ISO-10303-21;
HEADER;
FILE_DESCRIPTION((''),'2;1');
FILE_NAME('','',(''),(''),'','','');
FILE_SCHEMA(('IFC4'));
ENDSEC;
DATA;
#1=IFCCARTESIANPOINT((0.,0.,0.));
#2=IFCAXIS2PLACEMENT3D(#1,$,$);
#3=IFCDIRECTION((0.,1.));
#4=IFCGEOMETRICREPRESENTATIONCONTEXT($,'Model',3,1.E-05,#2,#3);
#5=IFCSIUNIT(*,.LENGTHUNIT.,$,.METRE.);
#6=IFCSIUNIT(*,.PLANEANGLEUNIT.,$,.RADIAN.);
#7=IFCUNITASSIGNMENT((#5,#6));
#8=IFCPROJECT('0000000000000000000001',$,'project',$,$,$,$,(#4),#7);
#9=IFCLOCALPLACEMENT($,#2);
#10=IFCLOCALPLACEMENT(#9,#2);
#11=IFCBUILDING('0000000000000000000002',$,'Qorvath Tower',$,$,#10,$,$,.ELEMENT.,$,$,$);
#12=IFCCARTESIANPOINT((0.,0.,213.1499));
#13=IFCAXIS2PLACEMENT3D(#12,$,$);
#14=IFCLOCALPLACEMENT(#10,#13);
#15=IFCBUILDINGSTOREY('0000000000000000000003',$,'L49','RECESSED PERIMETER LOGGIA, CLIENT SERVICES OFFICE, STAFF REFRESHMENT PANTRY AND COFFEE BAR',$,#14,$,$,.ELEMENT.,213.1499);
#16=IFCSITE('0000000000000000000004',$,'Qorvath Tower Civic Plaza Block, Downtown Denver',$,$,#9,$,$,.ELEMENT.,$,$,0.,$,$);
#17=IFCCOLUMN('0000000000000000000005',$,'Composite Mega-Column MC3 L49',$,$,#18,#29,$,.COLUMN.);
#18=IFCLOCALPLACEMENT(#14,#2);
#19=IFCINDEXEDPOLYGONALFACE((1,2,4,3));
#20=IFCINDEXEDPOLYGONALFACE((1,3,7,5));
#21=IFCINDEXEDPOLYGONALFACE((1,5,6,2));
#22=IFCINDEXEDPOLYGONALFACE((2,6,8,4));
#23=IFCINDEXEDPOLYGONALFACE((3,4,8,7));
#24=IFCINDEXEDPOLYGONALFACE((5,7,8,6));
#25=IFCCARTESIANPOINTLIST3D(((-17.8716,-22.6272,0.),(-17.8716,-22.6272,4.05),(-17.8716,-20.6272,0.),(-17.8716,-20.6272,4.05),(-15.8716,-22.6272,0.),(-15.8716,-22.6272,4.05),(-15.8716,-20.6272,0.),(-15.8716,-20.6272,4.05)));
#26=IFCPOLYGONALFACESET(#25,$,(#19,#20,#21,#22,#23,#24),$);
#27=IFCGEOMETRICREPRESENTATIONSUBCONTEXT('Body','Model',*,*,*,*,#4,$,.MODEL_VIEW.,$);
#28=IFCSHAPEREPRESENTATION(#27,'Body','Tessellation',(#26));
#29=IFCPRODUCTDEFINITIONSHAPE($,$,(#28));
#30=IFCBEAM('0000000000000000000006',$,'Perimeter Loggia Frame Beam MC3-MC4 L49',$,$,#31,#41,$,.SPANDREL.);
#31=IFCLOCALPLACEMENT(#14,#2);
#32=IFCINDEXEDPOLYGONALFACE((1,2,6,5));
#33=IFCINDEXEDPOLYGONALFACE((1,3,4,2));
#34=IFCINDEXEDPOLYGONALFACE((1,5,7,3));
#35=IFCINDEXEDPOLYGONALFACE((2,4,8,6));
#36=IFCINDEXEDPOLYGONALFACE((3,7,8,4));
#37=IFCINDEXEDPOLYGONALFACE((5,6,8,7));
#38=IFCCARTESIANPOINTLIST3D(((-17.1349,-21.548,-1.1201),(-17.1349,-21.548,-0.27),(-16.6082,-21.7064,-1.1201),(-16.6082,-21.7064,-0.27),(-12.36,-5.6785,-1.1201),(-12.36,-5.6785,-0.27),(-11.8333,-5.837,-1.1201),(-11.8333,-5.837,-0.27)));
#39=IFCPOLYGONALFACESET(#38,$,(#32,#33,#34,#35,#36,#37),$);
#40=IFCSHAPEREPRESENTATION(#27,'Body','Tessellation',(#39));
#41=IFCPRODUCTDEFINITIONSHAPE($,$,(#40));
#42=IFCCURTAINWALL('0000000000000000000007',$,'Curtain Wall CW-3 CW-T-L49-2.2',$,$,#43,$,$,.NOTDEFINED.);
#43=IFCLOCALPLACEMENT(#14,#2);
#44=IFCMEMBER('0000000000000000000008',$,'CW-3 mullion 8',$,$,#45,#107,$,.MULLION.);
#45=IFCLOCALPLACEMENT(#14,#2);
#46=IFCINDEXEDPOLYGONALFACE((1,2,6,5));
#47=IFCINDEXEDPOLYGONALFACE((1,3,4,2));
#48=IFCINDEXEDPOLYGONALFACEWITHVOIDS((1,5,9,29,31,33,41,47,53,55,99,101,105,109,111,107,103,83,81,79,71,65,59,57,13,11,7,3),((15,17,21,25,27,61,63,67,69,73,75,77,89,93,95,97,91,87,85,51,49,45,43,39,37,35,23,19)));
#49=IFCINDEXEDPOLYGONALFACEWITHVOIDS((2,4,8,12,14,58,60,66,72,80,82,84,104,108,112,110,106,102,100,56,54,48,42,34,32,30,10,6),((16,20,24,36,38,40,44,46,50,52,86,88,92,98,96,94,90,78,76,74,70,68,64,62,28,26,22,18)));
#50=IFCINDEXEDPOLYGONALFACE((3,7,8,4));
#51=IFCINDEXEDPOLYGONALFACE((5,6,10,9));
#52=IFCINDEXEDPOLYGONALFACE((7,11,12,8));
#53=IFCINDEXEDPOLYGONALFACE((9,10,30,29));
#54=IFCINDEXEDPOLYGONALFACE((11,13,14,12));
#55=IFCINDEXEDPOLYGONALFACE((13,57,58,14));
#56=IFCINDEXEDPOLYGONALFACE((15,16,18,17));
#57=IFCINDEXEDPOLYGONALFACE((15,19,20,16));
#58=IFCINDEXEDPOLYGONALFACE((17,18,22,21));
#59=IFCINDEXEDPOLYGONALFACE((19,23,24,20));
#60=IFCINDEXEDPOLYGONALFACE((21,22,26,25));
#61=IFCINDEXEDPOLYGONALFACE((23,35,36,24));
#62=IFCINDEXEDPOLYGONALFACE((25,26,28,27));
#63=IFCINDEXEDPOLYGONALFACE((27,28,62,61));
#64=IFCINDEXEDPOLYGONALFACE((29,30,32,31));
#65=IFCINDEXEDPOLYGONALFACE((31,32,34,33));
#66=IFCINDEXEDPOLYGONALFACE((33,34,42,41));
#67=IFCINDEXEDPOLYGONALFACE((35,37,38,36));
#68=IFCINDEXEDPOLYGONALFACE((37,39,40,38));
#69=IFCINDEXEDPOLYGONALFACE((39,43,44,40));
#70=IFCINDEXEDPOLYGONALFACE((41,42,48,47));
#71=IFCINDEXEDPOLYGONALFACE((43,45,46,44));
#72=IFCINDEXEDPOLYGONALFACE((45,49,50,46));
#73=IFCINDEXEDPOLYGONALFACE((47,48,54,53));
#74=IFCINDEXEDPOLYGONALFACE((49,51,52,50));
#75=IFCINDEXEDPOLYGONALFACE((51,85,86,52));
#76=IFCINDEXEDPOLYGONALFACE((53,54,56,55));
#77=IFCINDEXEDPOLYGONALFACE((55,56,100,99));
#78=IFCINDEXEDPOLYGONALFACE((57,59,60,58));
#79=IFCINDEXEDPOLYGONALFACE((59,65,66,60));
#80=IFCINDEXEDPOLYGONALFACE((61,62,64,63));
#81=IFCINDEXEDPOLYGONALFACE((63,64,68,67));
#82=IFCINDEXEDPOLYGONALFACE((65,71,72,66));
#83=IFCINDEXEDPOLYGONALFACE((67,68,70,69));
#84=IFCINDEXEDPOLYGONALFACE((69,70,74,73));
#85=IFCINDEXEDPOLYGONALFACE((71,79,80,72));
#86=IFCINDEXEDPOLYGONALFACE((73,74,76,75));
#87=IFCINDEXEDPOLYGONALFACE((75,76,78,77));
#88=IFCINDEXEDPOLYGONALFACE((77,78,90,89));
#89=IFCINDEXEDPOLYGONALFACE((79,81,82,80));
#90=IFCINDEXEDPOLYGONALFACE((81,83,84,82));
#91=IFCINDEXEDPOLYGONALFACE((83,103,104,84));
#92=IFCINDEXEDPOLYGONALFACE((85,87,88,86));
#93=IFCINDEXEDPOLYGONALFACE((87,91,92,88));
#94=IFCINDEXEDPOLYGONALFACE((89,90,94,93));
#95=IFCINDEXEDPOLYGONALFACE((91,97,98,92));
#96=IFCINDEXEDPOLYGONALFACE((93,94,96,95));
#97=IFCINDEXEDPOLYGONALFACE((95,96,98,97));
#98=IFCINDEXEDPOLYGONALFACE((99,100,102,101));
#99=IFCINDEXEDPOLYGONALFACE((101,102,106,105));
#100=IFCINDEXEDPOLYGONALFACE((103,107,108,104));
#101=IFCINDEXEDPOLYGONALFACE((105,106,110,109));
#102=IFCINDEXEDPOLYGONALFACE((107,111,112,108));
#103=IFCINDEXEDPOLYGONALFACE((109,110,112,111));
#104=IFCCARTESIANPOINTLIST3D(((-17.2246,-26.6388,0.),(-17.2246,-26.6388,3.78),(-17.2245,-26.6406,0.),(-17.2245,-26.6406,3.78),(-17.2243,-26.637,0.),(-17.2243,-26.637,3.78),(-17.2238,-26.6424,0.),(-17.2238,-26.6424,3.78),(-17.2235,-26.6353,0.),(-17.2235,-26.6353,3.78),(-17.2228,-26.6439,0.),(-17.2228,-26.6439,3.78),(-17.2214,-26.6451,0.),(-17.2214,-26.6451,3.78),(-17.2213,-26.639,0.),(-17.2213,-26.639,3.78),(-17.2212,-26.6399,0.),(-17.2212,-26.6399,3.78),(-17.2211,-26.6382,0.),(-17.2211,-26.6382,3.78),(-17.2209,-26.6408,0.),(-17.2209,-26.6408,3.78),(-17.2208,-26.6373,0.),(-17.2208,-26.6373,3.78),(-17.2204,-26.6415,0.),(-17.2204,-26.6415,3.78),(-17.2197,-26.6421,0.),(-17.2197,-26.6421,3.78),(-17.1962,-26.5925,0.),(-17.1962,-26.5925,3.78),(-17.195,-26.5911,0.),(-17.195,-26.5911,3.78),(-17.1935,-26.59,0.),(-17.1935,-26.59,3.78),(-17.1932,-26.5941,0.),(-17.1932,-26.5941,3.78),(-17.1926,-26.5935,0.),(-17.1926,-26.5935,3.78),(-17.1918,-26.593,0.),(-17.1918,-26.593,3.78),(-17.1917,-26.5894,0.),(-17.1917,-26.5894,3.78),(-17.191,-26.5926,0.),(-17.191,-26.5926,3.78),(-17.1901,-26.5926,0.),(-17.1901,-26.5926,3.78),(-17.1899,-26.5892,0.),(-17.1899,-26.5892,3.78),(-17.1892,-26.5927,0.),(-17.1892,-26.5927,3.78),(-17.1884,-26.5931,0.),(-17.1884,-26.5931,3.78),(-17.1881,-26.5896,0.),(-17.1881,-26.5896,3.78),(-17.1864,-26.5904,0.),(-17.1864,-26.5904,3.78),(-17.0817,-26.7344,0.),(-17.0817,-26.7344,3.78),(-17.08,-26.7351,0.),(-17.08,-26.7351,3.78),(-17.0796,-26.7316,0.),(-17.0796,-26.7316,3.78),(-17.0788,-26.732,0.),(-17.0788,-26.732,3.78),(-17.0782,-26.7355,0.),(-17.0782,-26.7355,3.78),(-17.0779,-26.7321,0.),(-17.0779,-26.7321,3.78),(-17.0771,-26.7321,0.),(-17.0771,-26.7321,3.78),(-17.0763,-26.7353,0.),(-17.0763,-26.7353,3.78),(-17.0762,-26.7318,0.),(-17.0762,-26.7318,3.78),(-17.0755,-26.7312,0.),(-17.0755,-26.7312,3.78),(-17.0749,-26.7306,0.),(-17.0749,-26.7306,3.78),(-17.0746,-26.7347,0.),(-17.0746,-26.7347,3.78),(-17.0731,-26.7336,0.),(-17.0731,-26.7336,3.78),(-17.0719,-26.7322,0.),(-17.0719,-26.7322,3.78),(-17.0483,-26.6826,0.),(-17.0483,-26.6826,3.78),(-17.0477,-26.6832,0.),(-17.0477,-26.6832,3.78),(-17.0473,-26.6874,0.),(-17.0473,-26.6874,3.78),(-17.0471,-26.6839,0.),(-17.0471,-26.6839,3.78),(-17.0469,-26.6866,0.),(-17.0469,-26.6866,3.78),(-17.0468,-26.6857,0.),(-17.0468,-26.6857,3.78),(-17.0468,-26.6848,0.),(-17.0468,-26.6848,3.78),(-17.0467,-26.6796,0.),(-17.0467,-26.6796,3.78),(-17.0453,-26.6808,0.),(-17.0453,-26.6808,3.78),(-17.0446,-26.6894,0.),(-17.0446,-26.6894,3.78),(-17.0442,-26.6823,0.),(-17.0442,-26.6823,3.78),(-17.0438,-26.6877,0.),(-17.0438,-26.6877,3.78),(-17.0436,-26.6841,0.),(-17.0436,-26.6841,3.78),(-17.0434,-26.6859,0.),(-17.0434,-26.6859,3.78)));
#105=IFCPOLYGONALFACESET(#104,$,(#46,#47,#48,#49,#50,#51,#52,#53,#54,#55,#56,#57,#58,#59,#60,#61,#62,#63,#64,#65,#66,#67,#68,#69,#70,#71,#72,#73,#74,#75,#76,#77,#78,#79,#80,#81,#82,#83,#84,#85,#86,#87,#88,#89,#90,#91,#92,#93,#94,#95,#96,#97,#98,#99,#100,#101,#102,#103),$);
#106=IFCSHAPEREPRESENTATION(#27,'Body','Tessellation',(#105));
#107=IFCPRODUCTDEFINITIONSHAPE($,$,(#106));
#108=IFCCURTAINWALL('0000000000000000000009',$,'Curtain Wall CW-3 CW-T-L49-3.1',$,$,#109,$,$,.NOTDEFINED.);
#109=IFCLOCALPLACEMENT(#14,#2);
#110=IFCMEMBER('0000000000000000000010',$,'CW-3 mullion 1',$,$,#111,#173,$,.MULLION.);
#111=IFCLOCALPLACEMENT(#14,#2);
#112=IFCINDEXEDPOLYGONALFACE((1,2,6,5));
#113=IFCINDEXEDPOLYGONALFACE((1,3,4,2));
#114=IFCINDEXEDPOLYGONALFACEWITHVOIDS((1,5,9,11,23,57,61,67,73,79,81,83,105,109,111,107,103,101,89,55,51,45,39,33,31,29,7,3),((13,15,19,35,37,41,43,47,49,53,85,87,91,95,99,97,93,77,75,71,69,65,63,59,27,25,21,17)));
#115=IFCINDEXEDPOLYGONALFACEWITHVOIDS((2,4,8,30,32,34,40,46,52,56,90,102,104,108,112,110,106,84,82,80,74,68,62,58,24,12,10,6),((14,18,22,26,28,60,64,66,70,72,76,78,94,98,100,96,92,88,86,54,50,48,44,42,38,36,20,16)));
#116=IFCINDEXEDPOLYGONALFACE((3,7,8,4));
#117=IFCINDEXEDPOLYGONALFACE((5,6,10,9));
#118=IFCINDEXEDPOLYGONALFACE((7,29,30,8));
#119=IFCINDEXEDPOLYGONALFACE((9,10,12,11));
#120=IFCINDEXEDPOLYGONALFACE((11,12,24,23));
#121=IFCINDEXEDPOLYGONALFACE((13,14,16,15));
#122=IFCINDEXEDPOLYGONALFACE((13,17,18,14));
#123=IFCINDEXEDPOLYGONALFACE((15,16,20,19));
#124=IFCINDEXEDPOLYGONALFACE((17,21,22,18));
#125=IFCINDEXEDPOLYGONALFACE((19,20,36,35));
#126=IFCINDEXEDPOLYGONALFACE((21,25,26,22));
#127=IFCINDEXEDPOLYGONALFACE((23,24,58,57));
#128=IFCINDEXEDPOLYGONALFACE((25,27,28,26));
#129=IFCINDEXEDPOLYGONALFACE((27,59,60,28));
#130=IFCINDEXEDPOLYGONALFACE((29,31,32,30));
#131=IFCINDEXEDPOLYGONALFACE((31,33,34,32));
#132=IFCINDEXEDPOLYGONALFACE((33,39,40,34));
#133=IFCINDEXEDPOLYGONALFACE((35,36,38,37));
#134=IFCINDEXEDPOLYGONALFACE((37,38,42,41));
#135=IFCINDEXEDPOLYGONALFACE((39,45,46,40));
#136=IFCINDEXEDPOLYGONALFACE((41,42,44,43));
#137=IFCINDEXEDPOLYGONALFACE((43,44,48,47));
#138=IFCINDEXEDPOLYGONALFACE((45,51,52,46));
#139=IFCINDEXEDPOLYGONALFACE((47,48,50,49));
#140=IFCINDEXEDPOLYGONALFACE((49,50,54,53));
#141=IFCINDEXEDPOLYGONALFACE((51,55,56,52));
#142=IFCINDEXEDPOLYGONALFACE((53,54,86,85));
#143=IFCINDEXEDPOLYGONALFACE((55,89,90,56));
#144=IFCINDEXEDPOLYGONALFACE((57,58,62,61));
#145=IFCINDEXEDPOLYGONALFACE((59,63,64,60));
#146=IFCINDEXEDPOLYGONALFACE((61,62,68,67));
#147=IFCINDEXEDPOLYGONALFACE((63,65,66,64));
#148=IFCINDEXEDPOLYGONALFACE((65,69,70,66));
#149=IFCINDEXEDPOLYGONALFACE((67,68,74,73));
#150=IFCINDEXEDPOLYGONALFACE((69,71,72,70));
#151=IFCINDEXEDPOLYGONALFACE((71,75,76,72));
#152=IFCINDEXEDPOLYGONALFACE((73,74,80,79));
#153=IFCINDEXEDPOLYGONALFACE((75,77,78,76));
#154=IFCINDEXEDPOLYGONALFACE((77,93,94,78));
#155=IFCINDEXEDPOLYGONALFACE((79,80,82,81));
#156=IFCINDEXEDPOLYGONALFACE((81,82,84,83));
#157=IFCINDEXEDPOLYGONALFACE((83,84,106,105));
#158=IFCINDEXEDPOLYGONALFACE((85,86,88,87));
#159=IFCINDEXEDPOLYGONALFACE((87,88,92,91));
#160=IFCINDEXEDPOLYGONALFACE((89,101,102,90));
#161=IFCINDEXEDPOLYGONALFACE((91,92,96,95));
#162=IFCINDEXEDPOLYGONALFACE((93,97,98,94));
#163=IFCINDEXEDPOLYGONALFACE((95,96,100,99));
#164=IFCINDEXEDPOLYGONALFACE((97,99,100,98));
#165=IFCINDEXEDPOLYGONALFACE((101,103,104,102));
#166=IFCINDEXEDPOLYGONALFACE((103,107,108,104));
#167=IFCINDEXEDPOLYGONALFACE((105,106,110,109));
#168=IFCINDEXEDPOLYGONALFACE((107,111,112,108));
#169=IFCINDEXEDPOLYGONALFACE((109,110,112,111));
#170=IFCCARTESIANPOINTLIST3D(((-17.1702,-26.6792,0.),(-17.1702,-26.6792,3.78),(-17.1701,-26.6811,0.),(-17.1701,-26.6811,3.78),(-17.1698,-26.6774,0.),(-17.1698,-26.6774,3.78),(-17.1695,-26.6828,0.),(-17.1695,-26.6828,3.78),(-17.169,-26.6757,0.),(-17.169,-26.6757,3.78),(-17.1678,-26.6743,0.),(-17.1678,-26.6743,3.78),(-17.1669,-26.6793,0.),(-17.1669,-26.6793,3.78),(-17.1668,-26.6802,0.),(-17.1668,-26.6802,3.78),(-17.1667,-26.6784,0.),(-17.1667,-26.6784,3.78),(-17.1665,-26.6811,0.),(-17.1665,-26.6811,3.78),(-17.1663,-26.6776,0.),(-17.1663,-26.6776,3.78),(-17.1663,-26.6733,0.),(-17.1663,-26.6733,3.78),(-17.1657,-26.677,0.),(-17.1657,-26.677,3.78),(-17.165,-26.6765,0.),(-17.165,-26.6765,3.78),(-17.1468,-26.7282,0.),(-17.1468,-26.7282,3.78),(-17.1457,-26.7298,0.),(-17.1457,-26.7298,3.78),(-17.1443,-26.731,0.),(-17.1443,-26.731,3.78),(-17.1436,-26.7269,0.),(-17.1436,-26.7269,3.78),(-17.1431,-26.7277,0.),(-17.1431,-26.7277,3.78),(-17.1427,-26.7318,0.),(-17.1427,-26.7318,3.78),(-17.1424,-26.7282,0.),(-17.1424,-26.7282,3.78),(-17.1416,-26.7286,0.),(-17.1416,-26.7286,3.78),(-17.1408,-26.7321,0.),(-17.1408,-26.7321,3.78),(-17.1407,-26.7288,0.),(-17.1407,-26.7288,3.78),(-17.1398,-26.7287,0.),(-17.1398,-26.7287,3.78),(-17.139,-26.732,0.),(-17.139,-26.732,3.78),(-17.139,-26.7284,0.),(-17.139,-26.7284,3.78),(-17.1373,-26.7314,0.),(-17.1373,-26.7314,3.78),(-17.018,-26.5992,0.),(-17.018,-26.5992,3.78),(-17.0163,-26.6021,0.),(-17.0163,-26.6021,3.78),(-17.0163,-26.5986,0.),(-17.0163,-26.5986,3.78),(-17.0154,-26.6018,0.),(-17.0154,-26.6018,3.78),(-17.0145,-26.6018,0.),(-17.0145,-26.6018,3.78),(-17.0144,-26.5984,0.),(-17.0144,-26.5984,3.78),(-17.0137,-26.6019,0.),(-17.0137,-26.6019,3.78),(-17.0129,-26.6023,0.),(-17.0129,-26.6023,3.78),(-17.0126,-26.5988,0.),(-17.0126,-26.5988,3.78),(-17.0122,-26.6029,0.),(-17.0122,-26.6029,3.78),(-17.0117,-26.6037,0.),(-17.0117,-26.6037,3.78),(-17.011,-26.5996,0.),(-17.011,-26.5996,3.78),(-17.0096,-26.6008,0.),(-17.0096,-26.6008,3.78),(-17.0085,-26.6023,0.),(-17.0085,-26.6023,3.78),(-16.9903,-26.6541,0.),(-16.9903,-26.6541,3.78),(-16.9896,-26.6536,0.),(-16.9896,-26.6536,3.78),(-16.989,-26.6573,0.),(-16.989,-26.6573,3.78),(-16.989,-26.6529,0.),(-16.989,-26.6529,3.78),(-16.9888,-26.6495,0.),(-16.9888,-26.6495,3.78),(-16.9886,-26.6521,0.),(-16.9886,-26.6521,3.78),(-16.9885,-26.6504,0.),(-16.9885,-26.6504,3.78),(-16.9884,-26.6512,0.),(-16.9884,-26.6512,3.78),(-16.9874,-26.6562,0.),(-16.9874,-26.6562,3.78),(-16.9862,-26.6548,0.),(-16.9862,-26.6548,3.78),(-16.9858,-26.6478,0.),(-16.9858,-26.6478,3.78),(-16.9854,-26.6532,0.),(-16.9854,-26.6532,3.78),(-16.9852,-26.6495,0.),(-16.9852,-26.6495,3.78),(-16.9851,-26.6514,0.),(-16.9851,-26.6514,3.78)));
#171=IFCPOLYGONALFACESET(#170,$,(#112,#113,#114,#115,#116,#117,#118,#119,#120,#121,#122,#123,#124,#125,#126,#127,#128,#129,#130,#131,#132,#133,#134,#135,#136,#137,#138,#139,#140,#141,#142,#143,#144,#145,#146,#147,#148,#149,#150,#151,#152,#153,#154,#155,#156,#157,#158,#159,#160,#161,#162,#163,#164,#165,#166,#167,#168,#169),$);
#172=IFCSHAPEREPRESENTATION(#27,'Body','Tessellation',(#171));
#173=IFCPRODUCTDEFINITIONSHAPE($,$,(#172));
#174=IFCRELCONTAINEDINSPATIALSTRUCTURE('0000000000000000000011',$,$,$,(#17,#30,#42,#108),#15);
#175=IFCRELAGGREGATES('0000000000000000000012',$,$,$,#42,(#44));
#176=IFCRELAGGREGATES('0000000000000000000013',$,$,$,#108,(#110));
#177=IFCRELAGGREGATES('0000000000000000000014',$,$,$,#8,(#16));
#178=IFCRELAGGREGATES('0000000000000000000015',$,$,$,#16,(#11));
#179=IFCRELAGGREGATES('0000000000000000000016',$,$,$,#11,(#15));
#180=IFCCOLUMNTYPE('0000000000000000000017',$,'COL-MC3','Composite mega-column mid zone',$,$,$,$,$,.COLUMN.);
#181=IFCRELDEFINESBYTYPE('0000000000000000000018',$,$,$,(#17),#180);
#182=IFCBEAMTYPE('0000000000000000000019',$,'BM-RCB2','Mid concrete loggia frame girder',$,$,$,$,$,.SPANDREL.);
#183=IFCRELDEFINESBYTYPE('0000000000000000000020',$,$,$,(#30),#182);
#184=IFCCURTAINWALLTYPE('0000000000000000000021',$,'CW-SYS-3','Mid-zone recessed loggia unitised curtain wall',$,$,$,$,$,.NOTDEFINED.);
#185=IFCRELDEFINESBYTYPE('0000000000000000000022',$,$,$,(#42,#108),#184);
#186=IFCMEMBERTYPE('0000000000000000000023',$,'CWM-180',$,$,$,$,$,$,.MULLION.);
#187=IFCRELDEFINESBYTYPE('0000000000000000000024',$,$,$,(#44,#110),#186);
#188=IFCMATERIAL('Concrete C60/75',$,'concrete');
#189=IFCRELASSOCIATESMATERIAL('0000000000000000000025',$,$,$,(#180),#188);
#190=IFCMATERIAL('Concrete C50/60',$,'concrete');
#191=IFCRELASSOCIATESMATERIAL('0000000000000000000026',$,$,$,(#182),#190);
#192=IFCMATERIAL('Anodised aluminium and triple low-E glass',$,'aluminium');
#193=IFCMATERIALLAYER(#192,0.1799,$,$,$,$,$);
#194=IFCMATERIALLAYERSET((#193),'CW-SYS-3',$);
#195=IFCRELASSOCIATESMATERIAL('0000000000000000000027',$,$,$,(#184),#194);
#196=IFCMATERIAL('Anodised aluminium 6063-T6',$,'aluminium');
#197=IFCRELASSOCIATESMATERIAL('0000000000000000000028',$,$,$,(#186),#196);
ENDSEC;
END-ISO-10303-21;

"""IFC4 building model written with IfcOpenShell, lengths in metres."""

from ifc_helpers import new_model, si_unit, direction, frame, origin, origin_2d, place, context, subcontext, project, spatial, rectangle, hollow_rectangle, extrude, material, layer, layer_set, material_profile, profile_set, type_object, element, aggregate, save


model = new_model("IFC4")

# Units and contexts
model_context = context("Model", 3, precision=1e-05, world=origin(), true_north=direction((0.0, 1.0)))
body_context = subcontext(model_context, "Body", "Model", "MODEL_VIEW")
ifc_project = project(units=[si_unit("LENGTHUNIT", "METRE"), si_unit("PLANEANGLEUNIT", "RADIAN")], contexts=[model_context])

# Site, building, storey
site_placement = place(None, origin())
site = spatial("IfcSite", under=ifc_project, at=site_placement, Name="Qorvath Tower Civic Plaza Block, Downtown Denver", CompositionType="ELEMENT", RefElevation=0.0)
building_placement = place(site_placement, origin())
building = spatial("IfcBuilding", under=site, at=building_placement, Name="Qorvath Tower", CompositionType="ELEMENT")
storey_placement = place(building_placement, frame((0.0, 0.0, 213.1499)))
storey = spatial("IfcBuildingStorey", under=building, at=storey_placement, Name="L49", Description="RECESSED PERIMETER LOGGIA, CLIENT SERVICES OFFICE, STAFF REFRESHMENT PANTRY AND COFFEE BAR", CompositionType="ELEMENT", Elevation=213.1499)

# Column
ifc_material_1 = material(Name="Concrete C60/75", Category="concrete")
ifc_material_profile_1 = material_profile(ifc_material_1, rectangle(XDim=2.0, YDim=2.0, at=origin_2d()), Name="MC 2000x2000")
ifc_profile_set_1 = profile_set([ifc_material_profile_1], Name="Concrete C60/75")
column_type = type_object("IfcColumnType", Name="COL-MC3", Description="Composite mega-column mid zone", PredefinedType="COLUMN", material=ifc_profile_set_1)
column_placement = place(storey_placement, frame((-16.8716, -21.6272, 0.0), z_axis=(0.0, 0.0, 1.0), x_axis=(1.0, 0.0, 0.0)))
element("IfcColumn", 1, at=column_placement, inside=storey, type_object=column_type, Name="Composite Mega-Column MC3 L49", PredefinedType="COLUMN", context=body_context, shape_type="SweptSolid", body=[
    extrude(rectangle(XDim=2.0, YDim=2.0, at=origin_2d()), origin(), (0.0, 0.0, 1.0), 4.05),
])

# Beam
ifc_material_2 = material(Name="Concrete C50/60", Category="concrete")
ifc_material_profile_2 = material_profile(ifc_material_2, rectangle(XDim=0.55, YDim=0.8501, at=origin_2d()), Name="RCB 850x550")
ifc_profile_set_2 = profile_set([ifc_material_profile_2], Name="Concrete C50/60")
beam_type = type_object("IfcBeamType", Name="BM-RCB2", Description="Mid concrete loggia frame girder", PredefinedType="SPANDREL", material=ifc_profile_set_2)
beam_placement = place(storey_placement, frame((-16.8716, -21.6272, -0.6951), z_axis=(0.288128, 0.957592, 0.0), x_axis=(-0.957592, 0.288128, 0.0)))
element("IfcBeam", 2, at=beam_placement, inside=storey, type_object=beam_type, Name="Perimeter Loggia Frame Beam MC3-MC4 L49", PredefinedType="SPANDREL", context=body_context, shape_type="SweptSolid", body=[
    extrude(rectangle(XDim=0.55, YDim=0.8501, at=origin_2d()), origin(), (0.0, 0.0, 1.0), 16.5723),
])

# Curtain wall, member
ifc_material_3 = material(Name="Anodised aluminium and triple low-E glass", Category="aluminium")
ifc_layer_1 = layer(ifc_material_3, 0.1799)
ifc_layer_set_1 = layer_set([ifc_layer_1], Name="CW-SYS-3")
curtain_wall_type = type_object("IfcCurtainWallType", Name="CW-SYS-3", Description="Mid-zone recessed loggia unitised curtain wall", PredefinedType="NOTDEFINED", material=ifc_layer_set_1)
curtain_wall_1_placement = place(storey_placement, origin())
curtain_wall_1 = element("IfcCurtainWall", 3, at=curtain_wall_1_placement, inside=storey, type_object=curtain_wall_type, Name="Curtain Wall CW-3 CW-T-L49-2.2", PredefinedType="NOTDEFINED")
ifc_material_4 = material(Name="Anodised aluminium 6063-T6", Category="aluminium")
ifc_material_profile_3 = material_profile(ifc_material_4, hollow_rectangle(XDim=0.0649, YDim=0.1799, WallThickness=0.0034, InnerFilletRadius=0.0034, OuterFilletRadius=0.0071, at=origin_2d()), Name="CWM 180x65")
ifc_profile_set_3 = profile_set([ifc_material_profile_3], Name="Anodised aluminium 6063-T6")
member_type_1 = type_object("IfcMemberType", Name="CWM-180", PredefinedType="MULLION", material=ifc_profile_set_3)
member_1_placement = place(storey_placement, frame((-17.134, -26.6624, 0.0), z_axis=(0.0, 0.0, 1.0), x_axis=(0.538533, 0.842605, 0.0)))
member_1 = element("IfcMember", 4, at=member_1_placement, type_object=member_type_1, Name="CW-3 mullion 8", PredefinedType="MULLION", context=body_context, shape_type="SweptSolid", body=[
    extrude(hollow_rectangle(XDim=0.0649, YDim=0.1799, WallThickness=0.0034, InnerFilletRadius=0.0034, OuterFilletRadius=0.0071, at=origin_2d()), origin(), (0.0, 0.0, 1.0), 3.78),
])

# Curtain wall, member
curtain_wall_2_placement = place(storey_placement, origin())
curtain_wall_2 = element("IfcCurtainWall", 5, at=curtain_wall_2_placement, inside=storey, type_object=curtain_wall_type, Name="Curtain Wall CW-3 CW-T-L49-3.1", PredefinedType="NOTDEFINED")
member_2_placement = place(storey_placement, frame((-17.0776, -26.6653, 0.0), z_axis=(0.0, 0.0, 1.0), x_axis=(-0.447167, 0.894451, 0.0)))
member_2 = element("IfcMember", 6, at=member_2_placement, type_object=member_type_1, Name="CW-3 mullion 1", PredefinedType="MULLION", context=body_context, shape_type="SweptSolid", body=[
    extrude(hollow_rectangle(XDim=0.0649, YDim=0.1799, WallThickness=0.0034, InnerFilletRadius=0.0034, OuterFilletRadius=0.0071, at=origin_2d()), origin(), (0.0, 0.0, 1.0), 3.78),
])

aggregate(curtain_wall_1, [member_1])
aggregate(curtain_wall_2, [member_2])

save(model, "model.ifc")
